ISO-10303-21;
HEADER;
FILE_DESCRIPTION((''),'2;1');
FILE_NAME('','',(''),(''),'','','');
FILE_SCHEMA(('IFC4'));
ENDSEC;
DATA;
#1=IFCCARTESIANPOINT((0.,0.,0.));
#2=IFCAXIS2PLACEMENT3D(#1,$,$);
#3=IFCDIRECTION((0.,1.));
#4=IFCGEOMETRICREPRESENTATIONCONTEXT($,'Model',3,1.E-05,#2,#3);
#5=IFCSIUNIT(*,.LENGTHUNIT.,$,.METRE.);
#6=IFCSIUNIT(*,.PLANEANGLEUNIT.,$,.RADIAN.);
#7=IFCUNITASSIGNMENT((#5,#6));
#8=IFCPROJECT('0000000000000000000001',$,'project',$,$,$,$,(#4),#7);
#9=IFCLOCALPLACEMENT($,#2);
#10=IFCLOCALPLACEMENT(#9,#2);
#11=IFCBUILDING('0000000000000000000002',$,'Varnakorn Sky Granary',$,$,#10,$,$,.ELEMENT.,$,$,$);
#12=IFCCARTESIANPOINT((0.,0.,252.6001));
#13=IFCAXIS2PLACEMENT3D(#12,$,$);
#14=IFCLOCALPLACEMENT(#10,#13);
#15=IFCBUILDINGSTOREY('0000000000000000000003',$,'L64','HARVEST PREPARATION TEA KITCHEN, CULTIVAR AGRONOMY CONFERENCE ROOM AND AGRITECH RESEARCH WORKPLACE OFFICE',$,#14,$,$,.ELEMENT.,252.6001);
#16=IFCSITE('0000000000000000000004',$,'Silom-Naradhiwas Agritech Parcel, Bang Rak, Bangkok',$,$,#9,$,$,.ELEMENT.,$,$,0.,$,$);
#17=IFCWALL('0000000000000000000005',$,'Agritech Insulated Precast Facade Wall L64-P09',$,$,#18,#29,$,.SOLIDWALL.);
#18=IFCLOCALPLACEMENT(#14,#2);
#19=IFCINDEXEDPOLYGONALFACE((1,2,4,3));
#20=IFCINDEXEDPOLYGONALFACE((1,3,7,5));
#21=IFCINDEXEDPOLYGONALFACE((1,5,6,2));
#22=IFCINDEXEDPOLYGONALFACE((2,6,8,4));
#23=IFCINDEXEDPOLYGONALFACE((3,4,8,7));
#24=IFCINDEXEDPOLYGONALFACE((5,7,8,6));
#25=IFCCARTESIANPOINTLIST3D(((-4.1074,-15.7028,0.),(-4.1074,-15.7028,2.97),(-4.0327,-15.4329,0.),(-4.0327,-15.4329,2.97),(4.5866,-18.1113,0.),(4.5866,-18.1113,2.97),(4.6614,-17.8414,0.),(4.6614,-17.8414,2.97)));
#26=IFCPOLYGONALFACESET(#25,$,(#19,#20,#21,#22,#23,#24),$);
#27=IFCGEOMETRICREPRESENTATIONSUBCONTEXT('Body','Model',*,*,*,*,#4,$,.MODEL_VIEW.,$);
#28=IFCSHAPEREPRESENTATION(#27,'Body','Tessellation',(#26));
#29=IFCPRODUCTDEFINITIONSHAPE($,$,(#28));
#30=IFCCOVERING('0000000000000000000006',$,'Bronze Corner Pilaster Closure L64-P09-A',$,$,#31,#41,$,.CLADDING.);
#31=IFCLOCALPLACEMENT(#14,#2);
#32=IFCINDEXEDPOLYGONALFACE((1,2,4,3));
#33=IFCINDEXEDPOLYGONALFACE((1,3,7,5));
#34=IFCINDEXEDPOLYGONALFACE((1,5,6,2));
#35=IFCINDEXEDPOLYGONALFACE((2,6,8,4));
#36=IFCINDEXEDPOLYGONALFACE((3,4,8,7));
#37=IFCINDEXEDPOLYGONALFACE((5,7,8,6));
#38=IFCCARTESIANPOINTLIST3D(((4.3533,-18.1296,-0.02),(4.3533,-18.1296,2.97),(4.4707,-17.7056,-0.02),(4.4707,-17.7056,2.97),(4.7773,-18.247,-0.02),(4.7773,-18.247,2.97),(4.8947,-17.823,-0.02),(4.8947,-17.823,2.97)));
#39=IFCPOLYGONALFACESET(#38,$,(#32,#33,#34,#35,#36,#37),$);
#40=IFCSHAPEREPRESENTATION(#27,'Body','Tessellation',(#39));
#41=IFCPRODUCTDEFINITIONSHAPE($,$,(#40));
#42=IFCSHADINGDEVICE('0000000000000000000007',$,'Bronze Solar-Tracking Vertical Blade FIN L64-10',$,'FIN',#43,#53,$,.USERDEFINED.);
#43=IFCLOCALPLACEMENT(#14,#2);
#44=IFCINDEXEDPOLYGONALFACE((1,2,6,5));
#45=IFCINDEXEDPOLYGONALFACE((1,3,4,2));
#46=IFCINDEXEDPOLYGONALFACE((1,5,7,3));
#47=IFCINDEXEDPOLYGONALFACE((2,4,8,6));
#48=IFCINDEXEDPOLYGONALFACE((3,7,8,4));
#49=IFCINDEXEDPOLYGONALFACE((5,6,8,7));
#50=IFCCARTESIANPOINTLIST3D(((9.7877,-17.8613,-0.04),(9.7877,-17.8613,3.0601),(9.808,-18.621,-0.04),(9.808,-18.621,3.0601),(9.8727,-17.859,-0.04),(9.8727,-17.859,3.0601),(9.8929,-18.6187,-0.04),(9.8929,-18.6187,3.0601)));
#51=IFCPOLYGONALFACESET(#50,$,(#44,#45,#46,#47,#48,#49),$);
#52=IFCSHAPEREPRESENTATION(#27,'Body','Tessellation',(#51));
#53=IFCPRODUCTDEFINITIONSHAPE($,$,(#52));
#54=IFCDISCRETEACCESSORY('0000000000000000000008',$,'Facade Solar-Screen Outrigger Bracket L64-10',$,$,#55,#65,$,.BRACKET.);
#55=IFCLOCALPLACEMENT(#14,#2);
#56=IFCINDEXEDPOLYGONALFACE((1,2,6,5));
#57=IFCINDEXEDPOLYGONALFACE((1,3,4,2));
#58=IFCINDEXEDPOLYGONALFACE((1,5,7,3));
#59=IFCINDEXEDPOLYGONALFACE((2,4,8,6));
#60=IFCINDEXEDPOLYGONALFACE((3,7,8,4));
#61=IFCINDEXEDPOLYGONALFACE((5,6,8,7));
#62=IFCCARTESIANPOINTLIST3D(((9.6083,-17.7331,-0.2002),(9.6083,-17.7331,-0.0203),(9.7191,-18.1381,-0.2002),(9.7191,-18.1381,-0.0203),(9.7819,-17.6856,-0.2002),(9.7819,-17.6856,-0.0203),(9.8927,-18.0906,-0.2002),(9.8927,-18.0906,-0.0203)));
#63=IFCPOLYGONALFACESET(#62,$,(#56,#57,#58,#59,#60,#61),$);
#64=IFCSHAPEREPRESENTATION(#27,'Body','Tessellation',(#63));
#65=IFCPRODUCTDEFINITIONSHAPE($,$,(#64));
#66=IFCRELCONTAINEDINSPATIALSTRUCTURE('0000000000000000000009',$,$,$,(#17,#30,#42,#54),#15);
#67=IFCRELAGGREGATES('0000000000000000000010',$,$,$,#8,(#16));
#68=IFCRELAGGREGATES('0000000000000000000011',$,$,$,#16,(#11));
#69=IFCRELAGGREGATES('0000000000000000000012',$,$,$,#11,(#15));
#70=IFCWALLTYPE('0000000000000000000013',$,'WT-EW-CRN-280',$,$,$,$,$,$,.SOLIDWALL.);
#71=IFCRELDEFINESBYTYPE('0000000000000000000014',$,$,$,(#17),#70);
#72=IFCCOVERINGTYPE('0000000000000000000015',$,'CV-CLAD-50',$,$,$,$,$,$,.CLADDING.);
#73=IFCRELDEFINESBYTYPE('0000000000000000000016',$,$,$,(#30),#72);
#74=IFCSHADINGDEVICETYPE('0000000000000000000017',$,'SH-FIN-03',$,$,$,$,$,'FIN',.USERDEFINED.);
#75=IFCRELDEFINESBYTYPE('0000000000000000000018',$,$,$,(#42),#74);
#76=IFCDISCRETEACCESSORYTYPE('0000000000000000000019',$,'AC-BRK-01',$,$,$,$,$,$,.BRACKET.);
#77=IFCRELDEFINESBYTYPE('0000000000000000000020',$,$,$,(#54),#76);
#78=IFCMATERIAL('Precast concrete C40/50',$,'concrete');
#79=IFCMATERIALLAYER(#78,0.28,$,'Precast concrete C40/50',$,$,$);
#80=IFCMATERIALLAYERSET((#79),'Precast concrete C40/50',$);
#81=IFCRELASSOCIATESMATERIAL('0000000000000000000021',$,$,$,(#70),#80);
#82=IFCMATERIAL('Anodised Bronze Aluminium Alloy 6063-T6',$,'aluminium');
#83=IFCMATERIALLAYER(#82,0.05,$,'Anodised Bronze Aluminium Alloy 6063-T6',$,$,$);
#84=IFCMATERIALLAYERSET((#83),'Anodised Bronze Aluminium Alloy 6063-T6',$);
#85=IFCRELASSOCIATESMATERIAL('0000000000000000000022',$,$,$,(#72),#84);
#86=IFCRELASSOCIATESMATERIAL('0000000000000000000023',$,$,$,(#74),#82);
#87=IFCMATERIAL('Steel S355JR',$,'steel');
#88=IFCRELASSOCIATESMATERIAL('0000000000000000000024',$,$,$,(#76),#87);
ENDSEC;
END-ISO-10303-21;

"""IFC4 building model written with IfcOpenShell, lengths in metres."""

from ifc_helpers import new_model, si_unit, direction, frame, frame_2d, origin, origin_2d, place, context, subcontext, project, spatial, rectangle, extrude, source, transform, mapped, material, layer, layer_set, type_object, type_shapes, element, save


model = new_model("IFC4")

# Units and contexts
model_context = context("Model", 3, precision=1e-05, world=origin(), true_north=direction((0.0, 1.0)))
body_context = subcontext(model_context, "Body", "Model", "MODEL_VIEW")
ifc_project = project(units=[si_unit("LENGTHUNIT", "METRE"), si_unit("PLANEANGLEUNIT", "RADIAN")], contexts=[model_context])

# Site, building, storey
site_placement = place(None, origin())
site = spatial("IfcSite", under=ifc_project, at=site_placement, Name="Silom-Naradhiwas Agritech Parcel, Bang Rak, Bangkok", CompositionType="ELEMENT", RefElevation=0.0)
building_placement = place(site_placement, origin())
building = spatial("IfcBuilding", under=site, at=building_placement, Name="Varnakorn Sky Granary", CompositionType="ELEMENT")
storey_placement = place(building_placement, frame((0.0, 0.0, 252.6001)))
storey = spatial("IfcBuildingStorey", under=building, at=storey_placement, Name="L64", Description="HARVEST PREPARATION TEA KITCHEN, CULTIVAR AGRONOMY CONFERENCE ROOM AND AGRITECH RESEARCH WORKPLACE OFFICE", CompositionType="ELEMENT", Elevation=252.6001)

# Shared definitions
ifc_material_1 = material(Name="Steel S355JR", Category="steel")

# Shared definitions
ifc_material_2 = material(Name="Anodised Bronze Aluminium Alloy 6063-T6", Category="aluminium")

# Wall
ifc_material_3 = material(Name="Precast concrete C40/50", Category="concrete")
ifc_layer_1 = layer(ifc_material_3, 0.28, Name="Precast concrete C40/50")
ifc_layer_set_1 = layer_set([ifc_layer_1], Name="Precast concrete C40/50")
wall_type = type_object("IfcWallType", Name="WT-EW-CRN-280", PredefinedType="SOLIDWALL", material=ifc_layer_set_1)
wall_placement = place(storey_placement, frame((4.624, -17.9763, 0.0), z_axis=(0.0, 0.0, 1.0), x_axis=(-0.963706, 0.266967, 0.0)))
element("IfcWall", 1, at=wall_placement, inside=storey, type_object=wall_type, Name="Agritech Insulated Precast Facade Wall L64-P09", PredefinedType="SOLIDWALL", context=body_context, shape_type="SweptSolid", body=[
    extrude(rectangle(XDim=9.0215, YDim=0.28, at=frame_2d((4.5107, 0.0))), origin(), (0.0, 0.0, 1.0), 2.97),
])

# Covering
ifc_layer_2 = layer(ifc_material_2, 0.05, Name="Anodised Bronze Aluminium Alloy 6063-T6")
ifc_layer_set_2 = layer_set([ifc_layer_2], Name="Anodised Bronze Aluminium Alloy 6063-T6")
covering_type = type_object("IfcCoveringType", Name="CV-CLAD-50", PredefinedType="CLADDING", material=ifc_layer_set_2)
shared_shape_1 = source(origin(), body_context, "Body", "SweptSolid", [
    extrude(rectangle(XDim=0.4399, YDim=0.4399, at=origin_2d()), origin(), (0.0, 0.0, 1.0), 2.99),
])
type_shapes(covering_type, [shared_shape_1])
covering_placement = place(storey_placement, frame((4.624, -17.9763, -0.02), z_axis=(0.0, 0.0, 1.0), x_axis=(-0.963724, 0.266902, 0.0)))
element("IfcCovering", 2, at=covering_placement, inside=storey, type_object=covering_type, Name="Bronze Corner Pilaster Closure L64-P09-A", PredefinedType="CLADDING", context=body_context, shape_type="MappedRepresentation", body=[
    mapped(shared_shape_1, transform((0.0, 0.0, 0.0), x_axis=(1.0, 0.0, 0.0), y_axis=(0.0, 1.0, 0.0), z_axis=(0.0, 0.0, 1.0), scale=1.0)),
])

# Shading device
shading_device_type = type_object("IfcShadingDeviceType", Name="SH-FIN-03", ElementType="FIN", PredefinedType="USERDEFINED", material=ifc_material_2)
shared_shape_2 = source(origin(), body_context, "Body", "SweptSolid", [
    extrude(rectangle(XDim=0.085, YDim=0.76, at=origin_2d()), origin(), (0.0, 0.0, 1.0), 3.1001),
])
type_shapes(shading_device_type, [shared_shape_2])
shading_device_placement = place(storey_placement, frame((9.8403, -18.24, -0.04), z_axis=(0.0, 0.0, 1.0), x_axis=(0.999644, 0.026695, 0.0)))
element("IfcShadingDevice", 3, at=shading_device_placement, inside=storey, type_object=shading_device_type, Name="Bronze Solar-Tracking Vertical Blade FIN L64-10", ObjectType="FIN", PredefinedType="USERDEFINED", context=body_context, shape_type="MappedRepresentation", body=[
    mapped(shared_shape_2, transform((0.0, 0.0, 0.0), x_axis=(1.0, 0.0, 0.0), y_axis=(0.0, 1.0, 0.0), z_axis=(0.0, 0.0, 1.0), scale=1.0)),
])

# Discrete accessory
discrete_accessory_type = type_object("IfcDiscreteAccessoryType", Name="AC-BRK-01", PredefinedType="BRACKET", material=ifc_material_1)
shared_shape_3 = source(origin(), body_context, "Body", "SweptSolid", [
    extrude(rectangle(XDim=0.1799, YDim=0.4199, at=origin_2d()), origin(), (0.0, 0.0, 1.0), 0.1799),
])
type_shapes(discrete_accessory_type, [shared_shape_3])
discrete_accessory_placement = place(storey_placement, frame((9.7505, -17.9119, -0.2002), z_axis=(0.0, 0.0, 1.0), x_axis=(0.964552, 0.263894, 0.0)))
element("IfcDiscreteAccessory", 4, at=discrete_accessory_placement, inside=storey, type_object=discrete_accessory_type, Name="Facade Solar-Screen Outrigger Bracket L64-10", PredefinedType="BRACKET", context=body_context, shape_type="MappedRepresentation", body=[
    mapped(shared_shape_3, transform((0.0, 0.0, 0.0), x_axis=(1.0, 0.0, 0.0), y_axis=(0.0, 1.0, 0.0), z_axis=(0.0, 0.0, 1.0), scale=1.0)),
])

save(model, "model.ifc")
